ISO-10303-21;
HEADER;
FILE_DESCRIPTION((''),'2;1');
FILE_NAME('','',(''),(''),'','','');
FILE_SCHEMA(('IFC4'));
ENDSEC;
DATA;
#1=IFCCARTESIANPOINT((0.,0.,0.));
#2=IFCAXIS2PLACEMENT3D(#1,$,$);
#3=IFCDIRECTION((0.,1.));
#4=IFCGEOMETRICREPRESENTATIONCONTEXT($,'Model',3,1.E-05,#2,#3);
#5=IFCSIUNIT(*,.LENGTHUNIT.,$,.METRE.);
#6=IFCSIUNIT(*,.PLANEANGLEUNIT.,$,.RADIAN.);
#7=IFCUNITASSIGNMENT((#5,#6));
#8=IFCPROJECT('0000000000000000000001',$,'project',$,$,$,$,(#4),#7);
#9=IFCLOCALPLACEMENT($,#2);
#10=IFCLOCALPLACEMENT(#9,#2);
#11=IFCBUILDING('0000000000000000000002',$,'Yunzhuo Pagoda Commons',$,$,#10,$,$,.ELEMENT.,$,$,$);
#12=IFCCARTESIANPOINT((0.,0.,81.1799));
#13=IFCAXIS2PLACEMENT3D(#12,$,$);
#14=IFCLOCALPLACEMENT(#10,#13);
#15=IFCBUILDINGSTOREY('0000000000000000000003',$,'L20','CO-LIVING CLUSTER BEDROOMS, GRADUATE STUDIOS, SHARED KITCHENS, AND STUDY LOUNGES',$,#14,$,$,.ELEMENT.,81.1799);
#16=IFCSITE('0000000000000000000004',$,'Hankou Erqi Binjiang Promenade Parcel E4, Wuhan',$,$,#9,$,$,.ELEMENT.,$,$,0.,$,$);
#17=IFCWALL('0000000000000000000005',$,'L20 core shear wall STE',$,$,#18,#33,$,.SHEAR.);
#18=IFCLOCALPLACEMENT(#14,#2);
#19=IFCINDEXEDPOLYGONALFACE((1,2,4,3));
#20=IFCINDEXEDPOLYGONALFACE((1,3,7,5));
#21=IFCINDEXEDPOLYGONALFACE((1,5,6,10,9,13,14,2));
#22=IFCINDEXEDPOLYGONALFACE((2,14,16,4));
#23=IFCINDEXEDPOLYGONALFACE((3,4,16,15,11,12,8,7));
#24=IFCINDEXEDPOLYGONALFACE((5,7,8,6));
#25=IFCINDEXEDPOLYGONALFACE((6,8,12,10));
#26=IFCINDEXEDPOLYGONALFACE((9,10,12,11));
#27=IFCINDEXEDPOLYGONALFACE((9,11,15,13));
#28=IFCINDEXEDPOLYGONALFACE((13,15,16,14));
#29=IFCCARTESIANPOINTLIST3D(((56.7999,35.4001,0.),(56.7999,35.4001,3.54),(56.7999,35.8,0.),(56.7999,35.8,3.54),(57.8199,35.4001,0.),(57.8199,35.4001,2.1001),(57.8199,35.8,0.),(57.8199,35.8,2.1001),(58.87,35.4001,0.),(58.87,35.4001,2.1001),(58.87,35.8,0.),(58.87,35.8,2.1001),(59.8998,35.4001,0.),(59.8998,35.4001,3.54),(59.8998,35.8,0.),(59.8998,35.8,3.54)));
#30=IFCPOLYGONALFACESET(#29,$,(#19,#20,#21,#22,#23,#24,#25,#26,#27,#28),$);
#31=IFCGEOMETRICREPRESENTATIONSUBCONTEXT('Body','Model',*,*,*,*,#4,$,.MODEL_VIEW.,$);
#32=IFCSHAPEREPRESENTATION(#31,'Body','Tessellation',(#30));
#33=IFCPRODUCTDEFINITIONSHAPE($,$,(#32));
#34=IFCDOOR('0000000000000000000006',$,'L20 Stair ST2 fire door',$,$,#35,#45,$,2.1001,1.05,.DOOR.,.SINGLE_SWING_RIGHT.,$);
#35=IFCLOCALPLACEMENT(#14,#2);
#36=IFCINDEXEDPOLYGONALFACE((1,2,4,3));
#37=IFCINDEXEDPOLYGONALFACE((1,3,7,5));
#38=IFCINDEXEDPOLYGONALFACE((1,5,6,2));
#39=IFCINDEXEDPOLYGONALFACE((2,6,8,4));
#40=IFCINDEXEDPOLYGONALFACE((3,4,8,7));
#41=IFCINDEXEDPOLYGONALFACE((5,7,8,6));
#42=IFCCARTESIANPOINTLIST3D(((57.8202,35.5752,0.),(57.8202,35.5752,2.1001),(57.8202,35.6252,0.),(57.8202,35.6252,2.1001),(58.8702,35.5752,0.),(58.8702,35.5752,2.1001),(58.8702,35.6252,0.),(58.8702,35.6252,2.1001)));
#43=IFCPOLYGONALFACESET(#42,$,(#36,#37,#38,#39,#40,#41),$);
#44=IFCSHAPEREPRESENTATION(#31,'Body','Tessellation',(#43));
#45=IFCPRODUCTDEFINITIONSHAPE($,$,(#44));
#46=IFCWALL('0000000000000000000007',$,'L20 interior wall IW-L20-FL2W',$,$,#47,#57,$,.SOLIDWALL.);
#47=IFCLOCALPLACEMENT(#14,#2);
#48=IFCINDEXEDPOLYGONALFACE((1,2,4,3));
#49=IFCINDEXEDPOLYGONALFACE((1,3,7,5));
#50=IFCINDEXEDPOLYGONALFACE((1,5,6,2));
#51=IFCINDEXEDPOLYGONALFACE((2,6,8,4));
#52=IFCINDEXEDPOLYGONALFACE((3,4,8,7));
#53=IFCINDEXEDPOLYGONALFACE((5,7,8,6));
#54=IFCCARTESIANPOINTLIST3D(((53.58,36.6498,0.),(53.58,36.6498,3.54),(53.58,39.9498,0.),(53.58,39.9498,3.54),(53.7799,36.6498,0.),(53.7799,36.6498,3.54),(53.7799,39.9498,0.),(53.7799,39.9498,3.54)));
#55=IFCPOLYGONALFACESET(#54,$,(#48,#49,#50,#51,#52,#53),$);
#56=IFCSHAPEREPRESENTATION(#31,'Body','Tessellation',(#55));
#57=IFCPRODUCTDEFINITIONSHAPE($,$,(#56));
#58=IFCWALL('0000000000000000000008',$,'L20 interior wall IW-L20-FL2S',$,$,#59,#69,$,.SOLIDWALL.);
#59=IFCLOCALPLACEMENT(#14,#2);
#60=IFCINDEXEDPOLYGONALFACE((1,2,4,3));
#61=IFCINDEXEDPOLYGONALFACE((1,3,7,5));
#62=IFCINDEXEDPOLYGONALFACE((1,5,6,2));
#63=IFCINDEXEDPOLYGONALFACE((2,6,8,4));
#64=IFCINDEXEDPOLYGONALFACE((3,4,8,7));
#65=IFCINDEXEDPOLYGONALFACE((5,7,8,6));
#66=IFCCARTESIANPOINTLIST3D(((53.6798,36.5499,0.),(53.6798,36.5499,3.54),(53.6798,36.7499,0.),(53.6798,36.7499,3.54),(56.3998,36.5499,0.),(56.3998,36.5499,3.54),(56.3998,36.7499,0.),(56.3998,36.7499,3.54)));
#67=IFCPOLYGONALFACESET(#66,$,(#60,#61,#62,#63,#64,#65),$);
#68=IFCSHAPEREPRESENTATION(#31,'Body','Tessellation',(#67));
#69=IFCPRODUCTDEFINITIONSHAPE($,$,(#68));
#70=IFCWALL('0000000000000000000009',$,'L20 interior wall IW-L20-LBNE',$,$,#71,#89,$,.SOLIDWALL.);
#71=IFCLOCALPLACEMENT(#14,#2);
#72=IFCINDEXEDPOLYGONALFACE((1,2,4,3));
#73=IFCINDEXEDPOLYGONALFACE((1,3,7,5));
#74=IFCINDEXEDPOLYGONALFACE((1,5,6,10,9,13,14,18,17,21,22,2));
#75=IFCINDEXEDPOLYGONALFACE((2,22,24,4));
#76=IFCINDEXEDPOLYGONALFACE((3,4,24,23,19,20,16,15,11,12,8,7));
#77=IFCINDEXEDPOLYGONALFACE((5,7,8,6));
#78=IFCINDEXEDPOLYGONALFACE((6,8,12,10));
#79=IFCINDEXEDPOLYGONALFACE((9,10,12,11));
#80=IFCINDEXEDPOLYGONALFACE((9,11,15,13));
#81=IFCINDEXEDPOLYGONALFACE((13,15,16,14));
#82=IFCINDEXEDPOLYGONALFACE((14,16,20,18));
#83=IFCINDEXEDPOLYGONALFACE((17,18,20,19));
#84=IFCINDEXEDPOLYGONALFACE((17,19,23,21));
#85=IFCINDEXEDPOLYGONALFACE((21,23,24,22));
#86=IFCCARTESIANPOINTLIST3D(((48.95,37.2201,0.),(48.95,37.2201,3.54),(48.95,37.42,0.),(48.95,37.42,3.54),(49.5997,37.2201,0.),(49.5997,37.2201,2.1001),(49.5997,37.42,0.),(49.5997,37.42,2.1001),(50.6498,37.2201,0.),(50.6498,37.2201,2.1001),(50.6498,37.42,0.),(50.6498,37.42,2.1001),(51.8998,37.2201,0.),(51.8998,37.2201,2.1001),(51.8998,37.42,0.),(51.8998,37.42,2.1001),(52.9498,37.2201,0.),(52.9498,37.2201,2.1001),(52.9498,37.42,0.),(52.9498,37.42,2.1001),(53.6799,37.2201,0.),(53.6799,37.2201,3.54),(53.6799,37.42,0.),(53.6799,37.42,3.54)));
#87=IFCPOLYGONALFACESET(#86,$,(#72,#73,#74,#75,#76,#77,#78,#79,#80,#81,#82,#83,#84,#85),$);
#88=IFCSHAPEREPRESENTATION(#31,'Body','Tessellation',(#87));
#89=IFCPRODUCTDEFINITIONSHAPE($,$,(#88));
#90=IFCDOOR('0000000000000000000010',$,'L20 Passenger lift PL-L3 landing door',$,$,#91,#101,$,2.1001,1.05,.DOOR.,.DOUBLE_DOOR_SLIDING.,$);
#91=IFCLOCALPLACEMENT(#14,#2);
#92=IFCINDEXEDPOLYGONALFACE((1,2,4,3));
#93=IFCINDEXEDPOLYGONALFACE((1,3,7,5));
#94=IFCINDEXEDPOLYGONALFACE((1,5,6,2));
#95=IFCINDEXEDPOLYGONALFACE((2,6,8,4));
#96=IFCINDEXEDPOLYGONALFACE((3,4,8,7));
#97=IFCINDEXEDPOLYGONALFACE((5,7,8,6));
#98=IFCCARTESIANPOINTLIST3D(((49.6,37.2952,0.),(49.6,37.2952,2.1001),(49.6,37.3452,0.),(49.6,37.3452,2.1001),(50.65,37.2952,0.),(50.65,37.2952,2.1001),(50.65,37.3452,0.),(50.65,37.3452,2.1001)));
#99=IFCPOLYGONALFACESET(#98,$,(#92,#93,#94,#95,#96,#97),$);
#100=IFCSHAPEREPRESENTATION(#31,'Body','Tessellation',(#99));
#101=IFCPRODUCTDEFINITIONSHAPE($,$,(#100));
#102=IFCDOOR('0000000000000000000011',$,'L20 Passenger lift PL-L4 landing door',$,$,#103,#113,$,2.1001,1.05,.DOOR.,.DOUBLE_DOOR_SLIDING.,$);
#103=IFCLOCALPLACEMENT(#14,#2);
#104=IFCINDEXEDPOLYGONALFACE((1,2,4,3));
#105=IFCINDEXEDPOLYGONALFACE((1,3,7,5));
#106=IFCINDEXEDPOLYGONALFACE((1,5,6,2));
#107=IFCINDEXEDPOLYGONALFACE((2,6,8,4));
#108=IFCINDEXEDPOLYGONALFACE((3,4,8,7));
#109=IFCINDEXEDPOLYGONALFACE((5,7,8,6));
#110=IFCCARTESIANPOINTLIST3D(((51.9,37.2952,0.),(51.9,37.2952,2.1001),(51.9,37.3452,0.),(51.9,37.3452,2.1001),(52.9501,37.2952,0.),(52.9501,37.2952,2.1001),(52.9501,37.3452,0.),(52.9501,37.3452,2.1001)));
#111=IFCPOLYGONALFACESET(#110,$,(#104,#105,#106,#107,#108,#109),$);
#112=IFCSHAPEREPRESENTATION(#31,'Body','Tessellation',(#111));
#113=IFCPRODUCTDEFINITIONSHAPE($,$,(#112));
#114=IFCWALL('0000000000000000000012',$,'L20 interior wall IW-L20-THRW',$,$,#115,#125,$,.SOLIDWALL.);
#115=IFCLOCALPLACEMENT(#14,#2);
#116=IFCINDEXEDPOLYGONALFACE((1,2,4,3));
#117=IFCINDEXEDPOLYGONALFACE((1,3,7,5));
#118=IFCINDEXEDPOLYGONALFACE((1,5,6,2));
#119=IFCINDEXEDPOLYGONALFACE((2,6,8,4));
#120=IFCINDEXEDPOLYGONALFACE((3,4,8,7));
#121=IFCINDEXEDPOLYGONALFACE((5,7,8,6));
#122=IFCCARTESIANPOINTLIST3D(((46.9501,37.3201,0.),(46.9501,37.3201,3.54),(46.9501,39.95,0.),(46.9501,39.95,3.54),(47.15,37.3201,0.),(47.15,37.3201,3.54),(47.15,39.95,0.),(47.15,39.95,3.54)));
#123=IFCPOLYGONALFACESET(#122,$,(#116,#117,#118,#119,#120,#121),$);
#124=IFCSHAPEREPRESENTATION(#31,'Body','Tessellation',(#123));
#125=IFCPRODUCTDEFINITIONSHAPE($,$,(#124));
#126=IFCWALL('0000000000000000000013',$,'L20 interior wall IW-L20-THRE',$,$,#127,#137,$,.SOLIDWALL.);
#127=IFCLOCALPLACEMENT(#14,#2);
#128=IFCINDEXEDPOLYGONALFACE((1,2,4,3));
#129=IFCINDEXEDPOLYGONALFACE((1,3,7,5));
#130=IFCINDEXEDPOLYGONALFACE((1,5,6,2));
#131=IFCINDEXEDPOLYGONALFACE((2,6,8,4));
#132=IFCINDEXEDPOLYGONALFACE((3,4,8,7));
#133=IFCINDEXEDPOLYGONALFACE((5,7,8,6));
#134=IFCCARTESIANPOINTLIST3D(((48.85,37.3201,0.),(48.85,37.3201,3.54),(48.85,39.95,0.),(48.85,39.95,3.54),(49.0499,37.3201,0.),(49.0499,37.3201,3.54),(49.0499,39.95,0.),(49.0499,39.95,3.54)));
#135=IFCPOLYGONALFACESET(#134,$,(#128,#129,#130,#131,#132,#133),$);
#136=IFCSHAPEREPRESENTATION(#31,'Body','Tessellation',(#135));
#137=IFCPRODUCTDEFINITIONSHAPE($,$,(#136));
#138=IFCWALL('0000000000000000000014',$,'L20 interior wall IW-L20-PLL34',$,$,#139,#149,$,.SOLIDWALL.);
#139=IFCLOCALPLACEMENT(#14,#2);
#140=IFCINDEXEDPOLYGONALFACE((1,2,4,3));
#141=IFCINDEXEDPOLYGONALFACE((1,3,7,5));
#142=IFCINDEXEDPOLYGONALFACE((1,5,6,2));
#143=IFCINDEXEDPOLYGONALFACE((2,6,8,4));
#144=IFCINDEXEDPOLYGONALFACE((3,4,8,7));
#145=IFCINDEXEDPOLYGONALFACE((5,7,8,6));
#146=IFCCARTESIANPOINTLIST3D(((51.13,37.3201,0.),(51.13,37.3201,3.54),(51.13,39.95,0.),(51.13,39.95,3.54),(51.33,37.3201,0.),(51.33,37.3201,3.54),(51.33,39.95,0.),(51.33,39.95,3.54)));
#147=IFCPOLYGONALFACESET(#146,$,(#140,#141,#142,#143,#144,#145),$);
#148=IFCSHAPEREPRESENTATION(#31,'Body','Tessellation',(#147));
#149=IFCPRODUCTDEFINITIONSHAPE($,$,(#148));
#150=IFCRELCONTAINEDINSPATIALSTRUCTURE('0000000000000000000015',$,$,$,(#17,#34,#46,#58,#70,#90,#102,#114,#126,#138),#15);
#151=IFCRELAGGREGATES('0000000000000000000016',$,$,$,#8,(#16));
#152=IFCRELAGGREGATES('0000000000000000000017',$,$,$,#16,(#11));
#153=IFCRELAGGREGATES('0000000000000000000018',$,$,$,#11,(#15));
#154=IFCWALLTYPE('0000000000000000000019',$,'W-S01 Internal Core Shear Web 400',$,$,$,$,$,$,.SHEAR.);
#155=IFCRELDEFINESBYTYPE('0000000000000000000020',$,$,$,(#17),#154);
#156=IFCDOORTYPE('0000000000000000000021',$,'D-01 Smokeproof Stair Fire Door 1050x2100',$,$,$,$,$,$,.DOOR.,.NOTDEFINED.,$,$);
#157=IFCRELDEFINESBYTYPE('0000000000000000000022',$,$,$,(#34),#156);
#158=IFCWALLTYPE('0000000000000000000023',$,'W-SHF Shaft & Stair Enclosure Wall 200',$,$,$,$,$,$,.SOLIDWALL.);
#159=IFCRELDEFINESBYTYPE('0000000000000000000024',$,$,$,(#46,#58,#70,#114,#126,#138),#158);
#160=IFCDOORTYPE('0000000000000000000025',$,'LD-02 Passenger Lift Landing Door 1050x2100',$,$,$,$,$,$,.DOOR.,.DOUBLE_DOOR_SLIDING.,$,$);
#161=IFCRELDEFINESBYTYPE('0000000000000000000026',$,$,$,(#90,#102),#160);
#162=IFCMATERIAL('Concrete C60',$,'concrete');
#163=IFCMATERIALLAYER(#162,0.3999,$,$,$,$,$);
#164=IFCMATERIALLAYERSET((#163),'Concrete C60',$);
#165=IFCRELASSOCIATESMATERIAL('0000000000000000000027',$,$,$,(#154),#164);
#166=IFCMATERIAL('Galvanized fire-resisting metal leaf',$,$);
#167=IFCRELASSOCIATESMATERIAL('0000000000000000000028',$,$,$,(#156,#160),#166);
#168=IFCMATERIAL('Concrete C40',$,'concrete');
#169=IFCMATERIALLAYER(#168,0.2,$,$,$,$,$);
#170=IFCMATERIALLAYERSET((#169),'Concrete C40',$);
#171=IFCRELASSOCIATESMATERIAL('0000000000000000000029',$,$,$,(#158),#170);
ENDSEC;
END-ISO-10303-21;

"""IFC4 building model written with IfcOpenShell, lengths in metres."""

from ifc_helpers import new_model, si_unit, direction, frame, frame_2d, origin, place, context, subcontext, project, spatial, rectangle, extrude, source, transform, mapped, material, layer, layer_set, type_object, element, fill, save


model = new_model("IFC4")

# Units and contexts
model_context = context("Model", 3, precision=1e-05, world=origin(), true_north=direction((0.0, 1.0)))
body_context = subcontext(model_context, "Body", "Model", "MODEL_VIEW")
ifc_project = project(units=[si_unit("LENGTHUNIT", "METRE"), si_unit("PLANEANGLEUNIT", "RADIAN")], contexts=[model_context])

# Site, building, storey
site_placement = place(None, origin())
site = spatial("IfcSite", under=ifc_project, at=site_placement, Name="Hankou Erqi Binjiang Promenade Parcel E4, Wuhan", CompositionType="ELEMENT", RefElevation=0.0)
building_placement = place(site_placement, origin())
building = spatial("IfcBuilding", under=site, at=building_placement, Name="Yunzhuo Pagoda Commons", CompositionType="ELEMENT")
storey_placement = place(building_placement, frame((0.0, 0.0, 81.1799)))
storey = spatial("IfcBuildingStorey", under=building, at=storey_placement, Name="L20", Description="CO-LIVING CLUSTER BEDROOMS, GRADUATE STUDIOS, SHARED KITCHENS, AND STUDY LOUNGES", CompositionType="ELEMENT", Elevation=81.1799)

# Shared definitions
ifc_material_1 = material(Name="Concrete C60", Category="concrete")
ifc_material_2 = material(Name="Galvanized fire-resisting metal leaf")
shared_shape_1 = source(origin(), body_context, "Body", "SweptSolid", [
    extrude(rectangle(XDim=1.05, YDim=2.1001, at=frame_2d((0.5249, 1.05))), frame((0.0, 0.0249, 0.0), z_axis=(0.0, -1.0, 0.0), x_axis=(1.0, 0.0, 0.0)), (0.0, 0.0, 1.0), 0.05),
])

# Wall, opening, door
ifc_layer_1 = layer(ifc_material_1, 0.3999)
ifc_layer_set_1 = layer_set([ifc_layer_1], Name="Concrete C60")
wall_type_1 = type_object("IfcWallType", Name="W-S01 Internal Core Shear Web 400", PredefinedType="SHEAR", material=ifc_layer_set_1)
wall_1_placement = place(storey_placement, frame((56.8, 35.6001, 0.0), z_axis=(0.0, 0.0, 1.0), x_axis=(1.0, 0.0, 0.0)))
wall_1 = element("IfcWall", 1, at=wall_1_placement, inside=storey, type_object=wall_type_1, Name="L20 core shear wall STE", PredefinedType="SHEAR", context=body_context, shape_type="SweptSolid", body=[
    extrude(rectangle(XDim=3.0999, YDim=0.3999, at=frame_2d((1.5498, 0.0))), origin(), (0.0, 0.0, 1.0), 3.54),
])
opening_1_placement = place(wall_1_placement, frame((1.02, 0.0, 0.0)))
opening_1 = element("IfcOpeningElement", 2, at=opening_1_placement, cuts=wall_1, PredefinedType="OPENING", context=body_context, shape_type="SweptSolid", body=[
    extrude(rectangle(XDim=1.05, YDim=2.1001, at=frame_2d((0.5249, 1.05))), frame((0.0, 0.21, 0.0), z_axis=(0.0, -1.0, 0.0), x_axis=(1.0, 0.0, 0.0)), (0.0, 0.0, 1.0), 0.4199),
])
door_type_1 = type_object("IfcDoorType", Name="D-01 Smokeproof Stair Fire Door 1050x2100", OperationType="NOTDEFINED", PredefinedType="DOOR", material=ifc_material_2)
door_1_placement = place(opening_1_placement, frame((1.05, 0.0, 0.0), z_axis=(0.0, 0.0, 1.0), x_axis=(-1.0, 0.0, 0.0)))
door_1 = element("IfcDoor", 3, at=door_1_placement, inside=storey, type_object=door_type_1, Name="L20 Stair ST2 fire door", OperationType="SINGLE_SWING_RIGHT", OverallHeight=2.1001, OverallWidth=1.05, PredefinedType="DOOR", context=body_context, shape_type="MappedRepresentation", body=[
    mapped(shared_shape_1, transform((0.0, 0.0, 0.0), scale=1.0)),
])
fill(opening_1, door_1)

# Walls
ifc_material_3 = material(Name="Concrete C40", Category="concrete")
ifc_layer_2 = layer(ifc_material_3, 0.2)
ifc_layer_set_2 = layer_set([ifc_layer_2], Name="Concrete C40")
wall_type_2 = type_object("IfcWallType", Name="W-SHF Shaft & Stair Enclosure Wall 200", PredefinedType="SOLIDWALL", material=ifc_layer_set_2)
wall_2_placement = place(storey_placement, frame((53.6799, 36.6499, 0.0), z_axis=(0.0, 0.0, 1.0), x_axis=(0.0, 1.0, 0.0)))
element("IfcWall", 4, at=wall_2_placement, inside=storey, type_object=wall_type_2, Name="L20 interior wall IW-L20-FL2W", PredefinedType="SOLIDWALL", context=body_context, shape_type="SweptSolid", body=[
    extrude(rectangle(XDim=3.3, YDim=0.2, at=frame_2d((1.6499, 0.0))), origin(), (0.0, 0.0, 1.0), 3.54),
])
wall_3_placement = place(storey_placement, frame((53.6799, 36.6499, 0.0), z_axis=(0.0, 0.0, 1.0), x_axis=(1.0, 0.0, 0.0)))
element("IfcWall", 5, at=wall_3_placement, inside=storey, type_object=wall_type_2, Name="L20 interior wall IW-L20-FL2S", PredefinedType="SOLIDWALL", context=body_context, shape_type="SweptSolid", body=[
    extrude(rectangle(XDim=2.72, YDim=0.2, at=frame_2d((1.3599, 0.0))), origin(), (0.0, 0.0, 1.0), 3.54),
])

# Wall, openings, doors
wall_4_placement = place(storey_placement, frame((48.95, 37.3201, 0.0), z_axis=(0.0, 0.0, 1.0), x_axis=(1.0, 0.0, 0.0)))
wall_4 = element("IfcWall", 6, at=wall_4_placement, inside=storey, type_object=wall_type_2, Name="L20 interior wall IW-L20-LBNE", PredefinedType="SOLIDWALL", context=body_context, shape_type="SweptSolid", body=[
    extrude(rectangle(XDim=4.73, YDim=0.2, at=frame_2d((2.365, 0.0))), origin(), (0.0, 0.0, 1.0), 3.54),
])
opening_2_placement = place(wall_4_placement, frame((0.6499, 0.0, 0.0)))
opening_2 = element("IfcOpeningElement", 7, at=opening_2_placement, cuts=wall_4, PredefinedType="OPENING", context=body_context, shape_type="SweptSolid", body=[
    extrude(rectangle(XDim=1.05, YDim=2.1001, at=frame_2d((0.5249, 1.05))), frame((0.0, 0.1099, 0.0), z_axis=(0.0, -1.0, 0.0), x_axis=(1.0, 0.0, 0.0)), (0.0, 0.0, 1.0), 0.22),
])
opening_3_placement = place(wall_4_placement, frame((2.95, 0.0, 0.0)))
opening_3 = element("IfcOpeningElement", 8, at=opening_3_placement, cuts=wall_4, PredefinedType="OPENING", context=body_context, shape_type="SweptSolid", body=[
    extrude(rectangle(XDim=1.05, YDim=2.1001, at=frame_2d((0.5249, 1.05))), frame((0.0, 0.1099, 0.0), z_axis=(0.0, -1.0, 0.0), x_axis=(1.0, 0.0, 0.0)), (0.0, 0.0, 1.0), 0.22),
])
door_type_2 = type_object("IfcDoorType", Name="LD-02 Passenger Lift Landing Door 1050x2100", OperationType="DOUBLE_DOOR_SLIDING", PredefinedType="DOOR", material=ifc_material_2)
door_2_placement = place(opening_2_placement, frame((1.05, 0.0, 0.0), z_axis=(0.0, 0.0, 1.0), x_axis=(-1.0, 0.0, 0.0)))
door_2 = element("IfcDoor", 9, at=door_2_placement, inside=storey, type_object=door_type_2, Name="L20 Passenger lift PL-L3 landing door", OperationType="DOUBLE_DOOR_SLIDING", OverallHeight=2.1001, OverallWidth=1.05, PredefinedType="DOOR", context=body_context, shape_type="MappedRepresentation", body=[
    mapped(shared_shape_1, transform((0.0, 0.0, 0.0), scale=1.0)),
])
fill(opening_2, door_2)
door_3_placement = place(opening_3_placement, frame((1.05, 0.0, 0.0), z_axis=(0.0, 0.0, 1.0), x_axis=(-1.0, 0.0, 0.0)))
door_3 = element("IfcDoor", 10, at=door_3_placement, inside=storey, type_object=door_type_2, Name="L20 Passenger lift PL-L4 landing door", OperationType="DOUBLE_DOOR_SLIDING", OverallHeight=2.1001, OverallWidth=1.05, PredefinedType="DOOR", context=body_context, shape_type="MappedRepresentation", body=[
    mapped(shared_shape_1, transform((0.0, 0.0, 0.0), scale=1.0)),
])
fill(opening_3, door_3)

# Walls
for number, where, z_axis, x_axis, name in (
    (11, (47.05, 37.3201, 0.0), (0.0, 0.0, 1.0), (0.0, 1.0, 0.0), "L20 interior wall IW-L20-THRW"),
    (12, (48.95, 37.3201, 0.0), (0.0, 0.0, 1.0), (0.0, 1.0, 0.0), "L20 interior wall IW-L20-THRE"),
    (13, (51.23, 37.3201, 0.0), (0.0, 0.0, 1.0), (0.0, 1.0, 0.0), "L20 interior wall IW-L20-PLL34"),
):
    element("IfcWall", number, at=place(storey_placement, frame(where, z_axis=z_axis, x_axis=x_axis)), inside=storey, type_object=wall_type_2, Name=name, PredefinedType="SOLIDWALL", context=body_context, shape_type="SweptSolid", body=[
        extrude(rectangle(XDim=2.6299, YDim=0.2, at=frame_2d((1.3149, 0.0))), origin(), (0.0, 0.0, 1.0), 3.54),
    ])

save(model, "model.ifc")
